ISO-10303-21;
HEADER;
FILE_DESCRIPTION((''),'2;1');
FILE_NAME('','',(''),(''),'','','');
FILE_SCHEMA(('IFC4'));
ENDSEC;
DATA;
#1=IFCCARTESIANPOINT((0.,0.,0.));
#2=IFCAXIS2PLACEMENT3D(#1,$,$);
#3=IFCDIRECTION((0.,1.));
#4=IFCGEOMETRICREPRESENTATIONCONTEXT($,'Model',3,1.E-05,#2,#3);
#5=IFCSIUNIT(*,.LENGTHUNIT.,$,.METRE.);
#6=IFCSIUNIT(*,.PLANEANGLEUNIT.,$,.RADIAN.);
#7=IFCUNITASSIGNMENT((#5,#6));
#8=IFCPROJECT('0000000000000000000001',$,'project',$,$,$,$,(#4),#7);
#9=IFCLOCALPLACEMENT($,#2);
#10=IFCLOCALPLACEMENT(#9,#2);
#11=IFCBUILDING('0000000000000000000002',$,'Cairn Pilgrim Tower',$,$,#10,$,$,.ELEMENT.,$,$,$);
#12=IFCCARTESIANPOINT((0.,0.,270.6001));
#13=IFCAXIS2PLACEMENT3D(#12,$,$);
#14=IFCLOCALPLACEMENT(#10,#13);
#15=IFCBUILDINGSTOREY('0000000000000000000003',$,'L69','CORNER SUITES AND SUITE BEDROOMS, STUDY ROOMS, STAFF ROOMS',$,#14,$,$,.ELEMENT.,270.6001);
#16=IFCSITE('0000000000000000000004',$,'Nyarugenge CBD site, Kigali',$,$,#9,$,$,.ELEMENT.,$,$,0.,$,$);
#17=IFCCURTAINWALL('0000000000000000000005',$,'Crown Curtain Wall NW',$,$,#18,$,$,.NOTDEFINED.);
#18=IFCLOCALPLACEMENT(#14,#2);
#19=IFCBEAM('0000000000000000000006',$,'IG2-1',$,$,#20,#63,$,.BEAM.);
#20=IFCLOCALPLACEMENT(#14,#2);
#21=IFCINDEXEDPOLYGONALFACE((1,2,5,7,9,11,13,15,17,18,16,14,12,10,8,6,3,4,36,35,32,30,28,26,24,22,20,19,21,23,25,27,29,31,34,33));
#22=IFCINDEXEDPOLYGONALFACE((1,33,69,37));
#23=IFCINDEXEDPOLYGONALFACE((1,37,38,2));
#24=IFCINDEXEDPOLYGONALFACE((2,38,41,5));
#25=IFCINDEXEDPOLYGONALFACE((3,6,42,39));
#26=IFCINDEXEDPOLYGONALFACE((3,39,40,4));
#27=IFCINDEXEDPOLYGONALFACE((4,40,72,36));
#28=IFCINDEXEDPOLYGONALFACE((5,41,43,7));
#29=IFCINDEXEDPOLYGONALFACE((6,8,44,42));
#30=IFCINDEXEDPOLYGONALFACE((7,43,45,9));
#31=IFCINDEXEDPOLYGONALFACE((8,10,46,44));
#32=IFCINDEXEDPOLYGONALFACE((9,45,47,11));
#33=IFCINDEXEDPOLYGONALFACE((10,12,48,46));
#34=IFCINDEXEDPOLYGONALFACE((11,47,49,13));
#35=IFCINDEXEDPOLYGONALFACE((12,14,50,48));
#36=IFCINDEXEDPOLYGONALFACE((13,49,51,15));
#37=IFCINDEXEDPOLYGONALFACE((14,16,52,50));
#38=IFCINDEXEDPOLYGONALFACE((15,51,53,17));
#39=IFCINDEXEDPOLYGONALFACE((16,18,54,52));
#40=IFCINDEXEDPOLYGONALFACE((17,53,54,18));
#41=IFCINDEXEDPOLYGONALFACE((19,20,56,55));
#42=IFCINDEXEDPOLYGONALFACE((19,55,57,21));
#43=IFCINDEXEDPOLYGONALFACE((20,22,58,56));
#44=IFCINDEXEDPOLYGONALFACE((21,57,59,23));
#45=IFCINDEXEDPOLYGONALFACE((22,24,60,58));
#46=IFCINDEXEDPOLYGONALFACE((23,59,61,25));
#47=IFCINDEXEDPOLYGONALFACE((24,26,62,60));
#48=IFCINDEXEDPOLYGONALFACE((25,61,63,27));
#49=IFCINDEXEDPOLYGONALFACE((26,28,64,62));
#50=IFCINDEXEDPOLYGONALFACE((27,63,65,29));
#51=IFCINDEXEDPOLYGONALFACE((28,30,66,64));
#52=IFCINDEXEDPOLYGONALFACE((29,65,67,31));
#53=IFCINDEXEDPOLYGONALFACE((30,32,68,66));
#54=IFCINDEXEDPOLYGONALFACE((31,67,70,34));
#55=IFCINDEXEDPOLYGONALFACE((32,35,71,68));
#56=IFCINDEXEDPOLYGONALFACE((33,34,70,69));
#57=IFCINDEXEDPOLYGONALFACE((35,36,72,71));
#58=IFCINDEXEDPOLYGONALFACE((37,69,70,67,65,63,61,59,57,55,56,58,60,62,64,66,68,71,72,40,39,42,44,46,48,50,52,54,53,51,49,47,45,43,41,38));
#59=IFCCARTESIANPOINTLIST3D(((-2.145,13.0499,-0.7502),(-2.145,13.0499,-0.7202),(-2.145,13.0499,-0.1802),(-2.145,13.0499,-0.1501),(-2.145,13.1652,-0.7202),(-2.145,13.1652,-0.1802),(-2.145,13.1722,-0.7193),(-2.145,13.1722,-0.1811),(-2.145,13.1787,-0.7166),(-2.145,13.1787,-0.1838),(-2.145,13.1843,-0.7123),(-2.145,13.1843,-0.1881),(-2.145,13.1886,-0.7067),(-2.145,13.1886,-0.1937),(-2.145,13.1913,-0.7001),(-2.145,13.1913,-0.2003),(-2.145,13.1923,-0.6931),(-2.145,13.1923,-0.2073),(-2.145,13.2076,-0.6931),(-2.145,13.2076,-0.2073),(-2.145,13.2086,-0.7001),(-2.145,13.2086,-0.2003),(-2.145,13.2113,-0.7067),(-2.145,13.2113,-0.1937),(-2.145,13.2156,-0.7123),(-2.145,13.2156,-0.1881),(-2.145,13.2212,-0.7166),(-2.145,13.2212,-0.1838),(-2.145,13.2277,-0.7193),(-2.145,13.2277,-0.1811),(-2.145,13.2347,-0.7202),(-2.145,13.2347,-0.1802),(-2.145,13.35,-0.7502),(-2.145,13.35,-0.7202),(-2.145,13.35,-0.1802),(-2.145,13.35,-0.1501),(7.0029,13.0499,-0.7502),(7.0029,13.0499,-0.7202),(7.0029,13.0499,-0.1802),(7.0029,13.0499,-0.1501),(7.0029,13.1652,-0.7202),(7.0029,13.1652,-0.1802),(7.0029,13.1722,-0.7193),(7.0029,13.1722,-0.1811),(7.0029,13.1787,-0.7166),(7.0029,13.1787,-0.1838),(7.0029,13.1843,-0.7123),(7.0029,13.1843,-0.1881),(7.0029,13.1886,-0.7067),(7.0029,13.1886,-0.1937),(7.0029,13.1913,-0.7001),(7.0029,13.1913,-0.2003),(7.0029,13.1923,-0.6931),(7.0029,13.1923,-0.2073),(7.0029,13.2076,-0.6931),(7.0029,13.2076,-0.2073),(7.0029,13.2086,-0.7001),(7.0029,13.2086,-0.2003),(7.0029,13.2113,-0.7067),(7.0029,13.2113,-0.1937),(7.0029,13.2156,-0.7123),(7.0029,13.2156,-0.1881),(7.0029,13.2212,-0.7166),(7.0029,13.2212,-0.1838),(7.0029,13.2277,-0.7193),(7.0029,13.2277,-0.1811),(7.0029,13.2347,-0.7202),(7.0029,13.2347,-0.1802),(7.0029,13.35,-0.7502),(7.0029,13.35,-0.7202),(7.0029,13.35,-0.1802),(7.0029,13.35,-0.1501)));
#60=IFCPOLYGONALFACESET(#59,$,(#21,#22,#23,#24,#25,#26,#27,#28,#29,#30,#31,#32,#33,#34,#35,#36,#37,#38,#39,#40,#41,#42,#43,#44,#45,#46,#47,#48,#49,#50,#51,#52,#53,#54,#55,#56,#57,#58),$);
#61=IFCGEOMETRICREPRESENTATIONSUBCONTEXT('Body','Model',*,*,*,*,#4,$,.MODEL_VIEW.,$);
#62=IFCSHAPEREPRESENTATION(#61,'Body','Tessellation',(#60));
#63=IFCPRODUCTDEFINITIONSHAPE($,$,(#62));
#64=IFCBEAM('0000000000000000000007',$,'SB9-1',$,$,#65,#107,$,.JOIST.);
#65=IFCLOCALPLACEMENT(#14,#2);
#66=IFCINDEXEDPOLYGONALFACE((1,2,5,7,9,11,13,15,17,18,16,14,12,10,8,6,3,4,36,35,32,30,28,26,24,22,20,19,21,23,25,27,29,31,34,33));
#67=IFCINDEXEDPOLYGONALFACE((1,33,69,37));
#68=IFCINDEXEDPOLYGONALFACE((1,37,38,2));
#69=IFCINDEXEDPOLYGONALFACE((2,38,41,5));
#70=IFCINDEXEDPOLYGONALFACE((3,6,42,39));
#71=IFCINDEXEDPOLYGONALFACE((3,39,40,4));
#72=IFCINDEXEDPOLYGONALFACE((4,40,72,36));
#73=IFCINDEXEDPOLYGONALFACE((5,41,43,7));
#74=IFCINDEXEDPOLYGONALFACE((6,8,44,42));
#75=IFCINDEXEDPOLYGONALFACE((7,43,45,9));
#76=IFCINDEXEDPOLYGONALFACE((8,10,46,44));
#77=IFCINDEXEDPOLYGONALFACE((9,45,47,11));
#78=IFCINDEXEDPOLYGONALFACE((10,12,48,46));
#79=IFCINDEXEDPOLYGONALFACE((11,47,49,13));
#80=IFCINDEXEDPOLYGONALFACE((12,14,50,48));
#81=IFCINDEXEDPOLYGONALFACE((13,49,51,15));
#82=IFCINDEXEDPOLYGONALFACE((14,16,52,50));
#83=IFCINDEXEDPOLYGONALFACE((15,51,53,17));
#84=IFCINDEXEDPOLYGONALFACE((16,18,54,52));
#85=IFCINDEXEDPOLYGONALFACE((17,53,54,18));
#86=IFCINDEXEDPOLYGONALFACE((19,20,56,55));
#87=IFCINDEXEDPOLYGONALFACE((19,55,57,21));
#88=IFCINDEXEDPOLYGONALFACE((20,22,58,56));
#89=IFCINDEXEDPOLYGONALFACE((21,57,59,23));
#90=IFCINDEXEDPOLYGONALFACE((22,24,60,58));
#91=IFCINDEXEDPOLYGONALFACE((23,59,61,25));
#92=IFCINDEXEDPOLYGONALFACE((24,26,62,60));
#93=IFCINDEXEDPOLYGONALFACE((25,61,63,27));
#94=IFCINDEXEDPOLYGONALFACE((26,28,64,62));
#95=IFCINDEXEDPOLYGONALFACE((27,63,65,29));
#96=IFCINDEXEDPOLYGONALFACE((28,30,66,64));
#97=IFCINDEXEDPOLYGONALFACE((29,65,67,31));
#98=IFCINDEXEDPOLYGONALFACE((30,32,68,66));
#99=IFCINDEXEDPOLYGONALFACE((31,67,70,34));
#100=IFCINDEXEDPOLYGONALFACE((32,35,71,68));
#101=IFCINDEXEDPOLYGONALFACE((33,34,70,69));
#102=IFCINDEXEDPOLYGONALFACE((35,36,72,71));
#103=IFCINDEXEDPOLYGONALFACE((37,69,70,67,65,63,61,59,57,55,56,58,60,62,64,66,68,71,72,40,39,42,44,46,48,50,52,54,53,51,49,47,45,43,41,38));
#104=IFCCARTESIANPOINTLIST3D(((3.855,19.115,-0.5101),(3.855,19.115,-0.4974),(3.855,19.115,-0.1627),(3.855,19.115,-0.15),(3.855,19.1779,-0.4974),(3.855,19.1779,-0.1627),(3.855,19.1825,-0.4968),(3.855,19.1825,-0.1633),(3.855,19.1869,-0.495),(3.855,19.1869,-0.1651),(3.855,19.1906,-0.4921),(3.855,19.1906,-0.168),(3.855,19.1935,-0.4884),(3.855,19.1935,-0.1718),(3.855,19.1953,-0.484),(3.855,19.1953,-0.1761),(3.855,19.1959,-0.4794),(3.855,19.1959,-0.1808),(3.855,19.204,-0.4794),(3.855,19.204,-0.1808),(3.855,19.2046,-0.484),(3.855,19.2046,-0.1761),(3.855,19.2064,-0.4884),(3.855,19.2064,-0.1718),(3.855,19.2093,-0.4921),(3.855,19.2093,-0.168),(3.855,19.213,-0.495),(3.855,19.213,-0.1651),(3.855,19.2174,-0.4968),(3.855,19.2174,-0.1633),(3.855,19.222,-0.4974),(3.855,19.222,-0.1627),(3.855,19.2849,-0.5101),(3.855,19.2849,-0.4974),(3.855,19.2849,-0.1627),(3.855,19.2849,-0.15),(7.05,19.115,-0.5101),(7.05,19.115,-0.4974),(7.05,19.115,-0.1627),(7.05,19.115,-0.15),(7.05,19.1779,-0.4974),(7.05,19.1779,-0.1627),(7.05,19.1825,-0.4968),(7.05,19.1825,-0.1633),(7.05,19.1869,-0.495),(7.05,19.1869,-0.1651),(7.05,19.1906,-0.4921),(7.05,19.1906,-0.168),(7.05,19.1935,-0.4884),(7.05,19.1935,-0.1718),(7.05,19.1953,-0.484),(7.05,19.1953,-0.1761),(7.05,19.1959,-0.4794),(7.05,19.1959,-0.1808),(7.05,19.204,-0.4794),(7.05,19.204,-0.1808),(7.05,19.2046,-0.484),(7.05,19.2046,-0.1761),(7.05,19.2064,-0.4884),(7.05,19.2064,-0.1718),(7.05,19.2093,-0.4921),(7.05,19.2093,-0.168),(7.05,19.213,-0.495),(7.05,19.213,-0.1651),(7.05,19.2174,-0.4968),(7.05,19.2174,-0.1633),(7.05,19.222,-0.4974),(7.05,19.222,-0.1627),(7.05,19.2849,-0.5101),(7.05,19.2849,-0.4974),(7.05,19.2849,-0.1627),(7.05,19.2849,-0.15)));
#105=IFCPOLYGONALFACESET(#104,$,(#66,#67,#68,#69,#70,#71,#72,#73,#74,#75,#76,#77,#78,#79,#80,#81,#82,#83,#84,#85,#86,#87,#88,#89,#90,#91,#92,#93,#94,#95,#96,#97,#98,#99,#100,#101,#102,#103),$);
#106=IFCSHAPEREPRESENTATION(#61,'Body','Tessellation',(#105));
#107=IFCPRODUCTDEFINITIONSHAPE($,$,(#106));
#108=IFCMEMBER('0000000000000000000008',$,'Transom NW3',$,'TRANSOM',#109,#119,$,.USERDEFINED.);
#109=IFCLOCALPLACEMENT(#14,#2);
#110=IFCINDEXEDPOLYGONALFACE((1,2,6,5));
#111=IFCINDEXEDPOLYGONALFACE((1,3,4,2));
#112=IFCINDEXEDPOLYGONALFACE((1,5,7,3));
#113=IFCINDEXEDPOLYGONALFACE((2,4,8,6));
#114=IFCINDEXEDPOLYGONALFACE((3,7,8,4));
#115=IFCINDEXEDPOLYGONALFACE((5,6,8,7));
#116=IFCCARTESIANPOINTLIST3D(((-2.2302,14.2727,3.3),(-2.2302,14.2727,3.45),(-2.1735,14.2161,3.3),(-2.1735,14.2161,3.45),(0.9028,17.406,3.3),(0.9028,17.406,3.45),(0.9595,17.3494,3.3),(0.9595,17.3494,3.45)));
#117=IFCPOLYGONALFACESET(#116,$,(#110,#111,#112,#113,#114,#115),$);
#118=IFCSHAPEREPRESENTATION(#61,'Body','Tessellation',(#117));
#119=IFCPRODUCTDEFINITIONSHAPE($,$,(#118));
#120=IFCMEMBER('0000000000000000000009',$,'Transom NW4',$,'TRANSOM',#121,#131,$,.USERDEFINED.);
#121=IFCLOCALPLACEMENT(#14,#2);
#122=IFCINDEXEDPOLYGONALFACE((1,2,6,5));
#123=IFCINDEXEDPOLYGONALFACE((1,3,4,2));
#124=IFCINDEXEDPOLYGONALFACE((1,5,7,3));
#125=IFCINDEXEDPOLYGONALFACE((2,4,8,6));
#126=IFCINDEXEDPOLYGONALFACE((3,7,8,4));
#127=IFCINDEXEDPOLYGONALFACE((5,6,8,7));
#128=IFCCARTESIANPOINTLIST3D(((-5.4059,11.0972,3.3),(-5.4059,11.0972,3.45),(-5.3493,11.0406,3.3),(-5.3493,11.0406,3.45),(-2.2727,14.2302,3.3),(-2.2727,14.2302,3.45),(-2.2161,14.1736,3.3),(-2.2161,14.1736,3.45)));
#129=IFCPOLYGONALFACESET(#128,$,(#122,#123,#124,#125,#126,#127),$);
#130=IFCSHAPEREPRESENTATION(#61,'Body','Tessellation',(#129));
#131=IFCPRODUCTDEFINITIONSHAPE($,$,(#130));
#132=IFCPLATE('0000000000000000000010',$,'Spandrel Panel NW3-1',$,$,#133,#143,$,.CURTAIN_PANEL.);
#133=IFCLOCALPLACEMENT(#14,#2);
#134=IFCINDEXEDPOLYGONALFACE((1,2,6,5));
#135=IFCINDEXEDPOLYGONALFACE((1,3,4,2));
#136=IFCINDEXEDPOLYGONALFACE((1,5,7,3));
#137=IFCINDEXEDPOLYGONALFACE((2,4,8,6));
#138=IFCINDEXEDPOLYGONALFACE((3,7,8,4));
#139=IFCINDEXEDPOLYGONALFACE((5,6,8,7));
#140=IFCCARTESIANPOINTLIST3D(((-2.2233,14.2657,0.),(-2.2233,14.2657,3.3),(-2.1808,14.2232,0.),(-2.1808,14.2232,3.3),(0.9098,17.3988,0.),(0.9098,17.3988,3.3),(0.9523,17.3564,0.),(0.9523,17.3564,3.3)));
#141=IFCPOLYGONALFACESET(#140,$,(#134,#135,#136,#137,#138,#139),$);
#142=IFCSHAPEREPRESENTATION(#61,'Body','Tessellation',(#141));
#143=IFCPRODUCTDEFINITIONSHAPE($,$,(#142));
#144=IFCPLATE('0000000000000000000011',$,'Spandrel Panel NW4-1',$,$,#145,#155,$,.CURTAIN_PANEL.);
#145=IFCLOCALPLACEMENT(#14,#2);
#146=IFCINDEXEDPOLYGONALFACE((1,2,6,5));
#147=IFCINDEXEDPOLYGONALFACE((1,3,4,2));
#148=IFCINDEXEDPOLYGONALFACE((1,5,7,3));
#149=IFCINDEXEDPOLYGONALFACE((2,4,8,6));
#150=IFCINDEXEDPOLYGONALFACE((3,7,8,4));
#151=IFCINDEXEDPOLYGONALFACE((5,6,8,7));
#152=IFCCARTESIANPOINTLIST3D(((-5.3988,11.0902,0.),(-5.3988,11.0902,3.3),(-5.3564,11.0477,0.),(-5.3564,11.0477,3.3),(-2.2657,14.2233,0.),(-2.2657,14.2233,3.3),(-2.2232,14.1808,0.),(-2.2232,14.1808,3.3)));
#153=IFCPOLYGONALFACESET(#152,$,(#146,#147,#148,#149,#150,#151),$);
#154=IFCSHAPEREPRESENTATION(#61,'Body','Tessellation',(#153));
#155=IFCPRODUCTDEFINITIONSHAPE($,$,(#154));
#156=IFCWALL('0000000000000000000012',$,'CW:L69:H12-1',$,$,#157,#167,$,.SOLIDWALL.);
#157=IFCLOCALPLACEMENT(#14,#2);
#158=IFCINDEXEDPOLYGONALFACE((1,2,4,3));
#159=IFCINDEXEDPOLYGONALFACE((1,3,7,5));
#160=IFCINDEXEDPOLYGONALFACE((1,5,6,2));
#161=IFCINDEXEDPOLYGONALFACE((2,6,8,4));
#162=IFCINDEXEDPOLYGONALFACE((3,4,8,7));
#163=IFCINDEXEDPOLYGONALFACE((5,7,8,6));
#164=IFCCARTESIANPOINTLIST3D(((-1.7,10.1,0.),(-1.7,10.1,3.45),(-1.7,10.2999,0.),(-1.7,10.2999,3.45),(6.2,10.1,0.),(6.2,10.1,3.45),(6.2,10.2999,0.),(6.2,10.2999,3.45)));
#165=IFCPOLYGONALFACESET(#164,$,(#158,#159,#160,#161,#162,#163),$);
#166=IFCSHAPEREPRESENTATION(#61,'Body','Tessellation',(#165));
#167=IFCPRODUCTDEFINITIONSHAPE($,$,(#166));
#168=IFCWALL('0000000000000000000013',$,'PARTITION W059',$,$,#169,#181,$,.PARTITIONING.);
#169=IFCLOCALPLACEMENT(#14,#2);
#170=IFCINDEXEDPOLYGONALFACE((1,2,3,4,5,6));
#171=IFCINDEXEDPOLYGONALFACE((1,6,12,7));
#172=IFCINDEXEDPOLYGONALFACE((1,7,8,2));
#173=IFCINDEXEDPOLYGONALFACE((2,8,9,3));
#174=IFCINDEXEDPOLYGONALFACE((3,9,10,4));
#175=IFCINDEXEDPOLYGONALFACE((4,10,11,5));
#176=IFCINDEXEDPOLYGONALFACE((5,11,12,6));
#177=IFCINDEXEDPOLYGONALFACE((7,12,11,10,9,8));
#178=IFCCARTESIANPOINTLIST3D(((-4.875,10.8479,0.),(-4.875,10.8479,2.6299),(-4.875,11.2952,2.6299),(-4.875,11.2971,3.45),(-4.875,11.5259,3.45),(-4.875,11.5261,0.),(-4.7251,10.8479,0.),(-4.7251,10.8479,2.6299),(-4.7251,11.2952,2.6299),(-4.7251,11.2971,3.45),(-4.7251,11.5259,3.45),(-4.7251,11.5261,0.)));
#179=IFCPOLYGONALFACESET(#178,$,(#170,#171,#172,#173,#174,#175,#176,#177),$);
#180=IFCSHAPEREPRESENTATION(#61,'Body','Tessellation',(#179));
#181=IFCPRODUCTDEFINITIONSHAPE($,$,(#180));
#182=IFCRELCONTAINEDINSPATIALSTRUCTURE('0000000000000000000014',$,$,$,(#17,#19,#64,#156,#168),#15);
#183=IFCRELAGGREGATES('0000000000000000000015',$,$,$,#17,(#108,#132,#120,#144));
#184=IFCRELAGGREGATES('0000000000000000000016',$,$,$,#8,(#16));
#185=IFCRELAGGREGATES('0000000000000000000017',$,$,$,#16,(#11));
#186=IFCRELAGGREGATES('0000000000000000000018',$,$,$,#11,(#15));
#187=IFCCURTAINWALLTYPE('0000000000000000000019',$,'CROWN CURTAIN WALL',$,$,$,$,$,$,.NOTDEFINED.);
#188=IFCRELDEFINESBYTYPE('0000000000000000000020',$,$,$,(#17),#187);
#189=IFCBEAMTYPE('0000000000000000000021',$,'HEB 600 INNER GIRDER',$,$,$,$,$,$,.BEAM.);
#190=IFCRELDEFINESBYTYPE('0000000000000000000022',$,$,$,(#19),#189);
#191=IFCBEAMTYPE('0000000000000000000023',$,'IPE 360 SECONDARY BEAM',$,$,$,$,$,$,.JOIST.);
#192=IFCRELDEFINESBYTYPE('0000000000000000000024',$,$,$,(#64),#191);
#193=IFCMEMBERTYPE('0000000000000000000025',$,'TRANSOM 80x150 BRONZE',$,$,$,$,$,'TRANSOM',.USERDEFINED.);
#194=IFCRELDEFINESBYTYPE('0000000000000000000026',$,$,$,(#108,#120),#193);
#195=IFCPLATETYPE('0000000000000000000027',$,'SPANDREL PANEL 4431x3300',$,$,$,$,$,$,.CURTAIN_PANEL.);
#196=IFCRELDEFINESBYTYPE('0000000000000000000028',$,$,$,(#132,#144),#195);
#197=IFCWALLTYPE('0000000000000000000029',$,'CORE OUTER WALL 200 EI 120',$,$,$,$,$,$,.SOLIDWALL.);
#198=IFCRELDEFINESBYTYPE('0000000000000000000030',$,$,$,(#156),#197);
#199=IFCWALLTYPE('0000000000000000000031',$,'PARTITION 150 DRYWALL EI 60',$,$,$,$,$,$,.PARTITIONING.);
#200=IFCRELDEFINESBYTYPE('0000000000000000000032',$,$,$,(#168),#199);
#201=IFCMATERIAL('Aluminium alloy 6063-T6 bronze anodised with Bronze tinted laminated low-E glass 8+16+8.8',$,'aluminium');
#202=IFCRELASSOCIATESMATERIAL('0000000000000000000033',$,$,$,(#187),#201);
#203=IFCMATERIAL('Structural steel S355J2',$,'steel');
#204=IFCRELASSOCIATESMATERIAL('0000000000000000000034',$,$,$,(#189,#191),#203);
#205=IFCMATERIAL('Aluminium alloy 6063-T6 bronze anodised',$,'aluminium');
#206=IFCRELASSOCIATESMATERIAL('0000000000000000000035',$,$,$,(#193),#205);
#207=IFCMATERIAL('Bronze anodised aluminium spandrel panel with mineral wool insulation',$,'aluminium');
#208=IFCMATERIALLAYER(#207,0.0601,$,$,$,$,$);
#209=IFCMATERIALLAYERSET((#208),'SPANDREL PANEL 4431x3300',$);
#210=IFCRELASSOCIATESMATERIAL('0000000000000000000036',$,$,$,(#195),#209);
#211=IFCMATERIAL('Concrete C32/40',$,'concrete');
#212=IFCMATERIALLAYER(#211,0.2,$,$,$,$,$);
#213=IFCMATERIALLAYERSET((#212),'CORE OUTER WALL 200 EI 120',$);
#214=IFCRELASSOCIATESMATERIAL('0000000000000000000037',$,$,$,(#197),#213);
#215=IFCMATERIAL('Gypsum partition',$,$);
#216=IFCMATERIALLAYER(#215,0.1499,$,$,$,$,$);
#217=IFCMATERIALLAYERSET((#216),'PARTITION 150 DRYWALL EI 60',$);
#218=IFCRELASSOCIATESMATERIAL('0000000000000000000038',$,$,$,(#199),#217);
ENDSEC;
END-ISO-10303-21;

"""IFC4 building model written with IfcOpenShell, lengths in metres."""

from ifc_helpers import new_model, si_unit, direction, frame, frame_2d, origin, origin_2d, place, context, subcontext, project, spatial, polyline, rectangle, i_section, outline, extrude, material, layer, layer_set, material_profile, profile_set, type_object, element, aggregate, save


model = new_model("IFC4")

# Units and contexts
model_context = context("Model", 3, precision=1e-05, world=origin(), true_north=direction((0.0, 1.0)))
body_context = subcontext(model_context, "Body", "Model", "MODEL_VIEW")
ifc_project = project(units=[si_unit("LENGTHUNIT", "METRE"), si_unit("PLANEANGLEUNIT", "RADIAN")], contexts=[model_context])

# Site, building, storey
site_placement = place(None, origin())
site = spatial("IfcSite", under=ifc_project, at=site_placement, Name="Nyarugenge CBD site, Kigali", CompositionType="ELEMENT", RefElevation=0.0)
building_placement = place(site_placement, origin())
building = spatial("IfcBuilding", under=site, at=building_placement, Name="Cairn Pilgrim Tower", CompositionType="ELEMENT")
storey_placement = place(building_placement, frame((0.0, 0.0, 270.6001)))
storey = spatial("IfcBuildingStorey", under=building, at=storey_placement, Name="L69", Description="CORNER SUITES AND SUITE BEDROOMS, STUDY ROOMS, STAFF ROOMS", CompositionType="ELEMENT", Elevation=270.6001)

# Shared definitions
ifc_material_1 = material(Name="Structural steel S355J2", Category="steel")

# Curtain wall
ifc_material_2 = material(Name="Aluminium alloy 6063-T6 bronze anodised with Bronze tinted laminated low-E glass 8+16+8.8", Category="aluminium")
curtain_wall_type = type_object("IfcCurtainWallType", Name="CROWN CURTAIN WALL", PredefinedType="NOTDEFINED", material=ifc_material_2)
curtain_wall_placement = place(storey_placement, origin())
curtain_wall = element("IfcCurtainWall", 1, at=curtain_wall_placement, inside=storey, type_object=curtain_wall_type, Name="Crown Curtain Wall NW", PredefinedType="NOTDEFINED")
ifc_material_3 = material(Name="Aluminium alloy 6063-T6 bronze anodised", Category="aluminium")

# Beams
ifc_material_profile_1 = material_profile(ifc_material_1, i_section(OverallWidth=0.3, OverallDepth=0.6001, WebThickness=0.0154, FlangeThickness=0.03, FilletRadius=0.0271, at=origin_2d()), Name="HEB 600")
ifc_profile_set_1 = profile_set([ifc_material_profile_1], Name="Structural steel S355J2")
beam_type_1 = type_object("IfcBeamType", Name="HEB 600 INNER GIRDER", PredefinedType="BEAM", material=ifc_profile_set_1)
beam_1_placement = place(storey_placement, frame((-2.145, 13.2, -0.4502), z_axis=(1.0, 0.0, 0.0), x_axis=(0.0, 1.0, 0.0)))
element("IfcBeam", 2, at=beam_1_placement, inside=storey, type_object=beam_type_1, Name="IG2-1", PredefinedType="BEAM", context=body_context, shape_type="SweptSolid", body=[
    extrude(i_section(OverallWidth=0.3, OverallDepth=0.6001, WebThickness=0.0154, FlangeThickness=0.03, FilletRadius=0.0271, at=origin_2d()), origin(), (0.0, 0.0, 1.0), 9.1479),
])
ifc_material_profile_2 = material_profile(ifc_material_1, i_section(OverallWidth=0.1699, OverallDepth=0.3601, WebThickness=0.0081, FlangeThickness=0.0127, FilletRadius=0.0181, at=origin_2d()), Name="IPE 360")
ifc_profile_set_2 = profile_set([ifc_material_profile_2], Name="Structural steel S355J2")
beam_type_2 = type_object("IfcBeamType", Name="IPE 360 SECONDARY BEAM", PredefinedType="JOIST", material=ifc_profile_set_2)
beam_2_placement = place(storey_placement, frame((3.855, 19.2, -0.3301), z_axis=(1.0, 0.0, 0.0), x_axis=(0.0, 1.0, 0.0)))
element("IfcBeam", 3, at=beam_2_placement, inside=storey, type_object=beam_type_2, Name="SB9-1", PredefinedType="JOIST", context=body_context, shape_type="SweptSolid", body=[
    extrude(i_section(OverallWidth=0.1699, OverallDepth=0.3601, WebThickness=0.0081, FlangeThickness=0.0127, FilletRadius=0.0181, at=origin_2d()), origin(), (0.0, 0.0, 1.0), 3.1951),
])

# Members
ifc_material_profile_3 = material_profile(ifc_material_3, rectangle(XDim=0.0801, YDim=0.1499, at=origin_2d()), Name="TRANSOM 80x150 BRONZE")
ifc_profile_set_3 = profile_set([ifc_material_profile_3], Name="Aluminium alloy 6063-T6 bronze anodised")
member_type_1 = type_object("IfcMemberType", Name="TRANSOM 80x150 BRONZE", ElementType="TRANSOM", PredefinedType="USERDEFINED", material=ifc_profile_set_3)
member_1_placement = place(storey_placement, frame((0.9312, 17.3777, 3.375), z_axis=(-0.707079, -0.707134, 0.0), x_axis=(0.707134, -0.707079, 0.0)))
member_1 = element("IfcMember", 4, at=member_1_placement, type_object=member_type_1, Name="Transom NW3", ObjectType="TRANSOM", PredefinedType="USERDEFINED", context=body_context, shape_type="SweptSolid", body=[
    extrude(rectangle(XDim=0.0801, YDim=0.1499, at=origin_2d()), origin(), (0.0, 0.0, 1.0), 4.4309),
])
member_2_placement = place(storey_placement, frame((-2.2444, 14.2019, 3.375), z_axis=(-0.707134, -0.707079, 0.0), x_axis=(0.707079, -0.707134, 0.0)))
member_2 = element("IfcMember", 5, at=member_2_placement, type_object=member_type_1, Name="Transom NW4", ObjectType="TRANSOM", PredefinedType="USERDEFINED", context=body_context, shape_type="SweptSolid", body=[
    extrude(rectangle(XDim=0.0801, YDim=0.1499, at=origin_2d()), origin(), (0.0, 0.0, 1.0), 4.4309),
])

# Plates
ifc_material_4 = material(Name="Bronze anodised aluminium spandrel panel with mineral wool insulation", Category="aluminium")
ifc_layer_1 = layer(ifc_material_4, 0.0601)
ifc_layer_set_1 = layer_set([ifc_layer_1], Name="SPANDREL PANEL 4431x3300")
plate_type = type_object("IfcPlateType", Name="SPANDREL PANEL 4431x3300", PredefinedType="CURTAIN_PANEL", material=ifc_layer_set_1)
plate_1_placement = place(storey_placement, frame((-0.6355, 15.811, 0.0), z_axis=(0.0, 0.0, 1.0), x_axis=(-0.707107, -0.707107, 0.0)))
plate_1 = element("IfcPlate", 6, at=plate_1_placement, type_object=plate_type, Name="Spandrel Panel NW3-1", PredefinedType="CURTAIN_PANEL", context=body_context, shape_type="SweptSolid", body=[
    extrude(rectangle(XDim=4.4309, YDim=0.0601, at=origin_2d()), origin(), (0.0, 0.0, 1.0), 3.3),
])
plate_2_placement = place(storey_placement, frame((-3.811, 12.6355, 0.0), z_axis=(0.0, 0.0, 1.0), x_axis=(-0.707107, -0.707107, 0.0)))
plate_2 = element("IfcPlate", 7, at=plate_2_placement, type_object=plate_type, Name="Spandrel Panel NW4-1", PredefinedType="CURTAIN_PANEL", context=body_context, shape_type="SweptSolid", body=[
    extrude(rectangle(XDim=4.4309, YDim=0.0601, at=origin_2d()), origin(), (0.0, 0.0, 1.0), 3.3),
])
aggregate(curtain_wall, [member_1, plate_1, member_2, plate_2])

# Walls
ifc_material_5 = material(Name="Concrete C32/40", Category="concrete")
ifc_layer_2 = layer(ifc_material_5, 0.2)
ifc_layer_set_2 = layer_set([ifc_layer_2], Name="CORE OUTER WALL 200 EI 120")
wall_type_1 = type_object("IfcWallType", Name="CORE OUTER WALL 200 EI 120", PredefinedType="SOLIDWALL", material=ifc_layer_set_2)
wall_1_placement = place(storey_placement, frame((-1.7, 10.2, 0.0), z_axis=(0.0, 0.0, 1.0), x_axis=(1.0, 0.0, 0.0)))
element("IfcWall", 8, at=wall_1_placement, inside=storey, type_object=wall_type_1, Name="CW:L69:H12-1", PredefinedType="SOLIDWALL", context=body_context, shape_type="SweptSolid", body=[
    extrude(rectangle(XDim=7.8999, YDim=0.2, at=frame_2d((3.95, 0.0))), origin(), (0.0, 0.0, 1.0), 3.45),
])
ifc_material_6 = material(Name="Gypsum partition")
ifc_layer_3 = layer(ifc_material_6, 0.1499)
ifc_layer_set_3 = layer_set([ifc_layer_3], Name="PARTITION 150 DRYWALL EI 60")
wall_type_2 = type_object("IfcWallType", Name="PARTITION 150 DRYWALL EI 60", PredefinedType="PARTITIONING", material=ifc_layer_set_3)
wall_2_placement = place(storey_placement, frame((-4.8, 10.8479, 0.0), z_axis=(0.0, 0.0, 1.0), x_axis=(0.0, 1.0, 0.0)))
element("IfcWall", 9, at=wall_2_placement, inside=storey, type_object=wall_type_2, Name="PARTITION W059", PredefinedType="PARTITIONING", context=body_context, shape_type="SweptSolid", body=[
    extrude(outline(polyline([(0.0, 0.0), (0.6782, 0.0), (0.678, 3.45), (0.4492, 3.45), (0.4473, 2.6299), (0.0, 2.6299), (0.0, 0.0)])), frame((0.0, 0.075, 0.0), z_axis=(0.0, -1.0, 0.0), x_axis=(1.0, 0.0, 0.0)), (0.0, 0.0, 1.0), 0.1499),
])

save(model, "model.ifc")
